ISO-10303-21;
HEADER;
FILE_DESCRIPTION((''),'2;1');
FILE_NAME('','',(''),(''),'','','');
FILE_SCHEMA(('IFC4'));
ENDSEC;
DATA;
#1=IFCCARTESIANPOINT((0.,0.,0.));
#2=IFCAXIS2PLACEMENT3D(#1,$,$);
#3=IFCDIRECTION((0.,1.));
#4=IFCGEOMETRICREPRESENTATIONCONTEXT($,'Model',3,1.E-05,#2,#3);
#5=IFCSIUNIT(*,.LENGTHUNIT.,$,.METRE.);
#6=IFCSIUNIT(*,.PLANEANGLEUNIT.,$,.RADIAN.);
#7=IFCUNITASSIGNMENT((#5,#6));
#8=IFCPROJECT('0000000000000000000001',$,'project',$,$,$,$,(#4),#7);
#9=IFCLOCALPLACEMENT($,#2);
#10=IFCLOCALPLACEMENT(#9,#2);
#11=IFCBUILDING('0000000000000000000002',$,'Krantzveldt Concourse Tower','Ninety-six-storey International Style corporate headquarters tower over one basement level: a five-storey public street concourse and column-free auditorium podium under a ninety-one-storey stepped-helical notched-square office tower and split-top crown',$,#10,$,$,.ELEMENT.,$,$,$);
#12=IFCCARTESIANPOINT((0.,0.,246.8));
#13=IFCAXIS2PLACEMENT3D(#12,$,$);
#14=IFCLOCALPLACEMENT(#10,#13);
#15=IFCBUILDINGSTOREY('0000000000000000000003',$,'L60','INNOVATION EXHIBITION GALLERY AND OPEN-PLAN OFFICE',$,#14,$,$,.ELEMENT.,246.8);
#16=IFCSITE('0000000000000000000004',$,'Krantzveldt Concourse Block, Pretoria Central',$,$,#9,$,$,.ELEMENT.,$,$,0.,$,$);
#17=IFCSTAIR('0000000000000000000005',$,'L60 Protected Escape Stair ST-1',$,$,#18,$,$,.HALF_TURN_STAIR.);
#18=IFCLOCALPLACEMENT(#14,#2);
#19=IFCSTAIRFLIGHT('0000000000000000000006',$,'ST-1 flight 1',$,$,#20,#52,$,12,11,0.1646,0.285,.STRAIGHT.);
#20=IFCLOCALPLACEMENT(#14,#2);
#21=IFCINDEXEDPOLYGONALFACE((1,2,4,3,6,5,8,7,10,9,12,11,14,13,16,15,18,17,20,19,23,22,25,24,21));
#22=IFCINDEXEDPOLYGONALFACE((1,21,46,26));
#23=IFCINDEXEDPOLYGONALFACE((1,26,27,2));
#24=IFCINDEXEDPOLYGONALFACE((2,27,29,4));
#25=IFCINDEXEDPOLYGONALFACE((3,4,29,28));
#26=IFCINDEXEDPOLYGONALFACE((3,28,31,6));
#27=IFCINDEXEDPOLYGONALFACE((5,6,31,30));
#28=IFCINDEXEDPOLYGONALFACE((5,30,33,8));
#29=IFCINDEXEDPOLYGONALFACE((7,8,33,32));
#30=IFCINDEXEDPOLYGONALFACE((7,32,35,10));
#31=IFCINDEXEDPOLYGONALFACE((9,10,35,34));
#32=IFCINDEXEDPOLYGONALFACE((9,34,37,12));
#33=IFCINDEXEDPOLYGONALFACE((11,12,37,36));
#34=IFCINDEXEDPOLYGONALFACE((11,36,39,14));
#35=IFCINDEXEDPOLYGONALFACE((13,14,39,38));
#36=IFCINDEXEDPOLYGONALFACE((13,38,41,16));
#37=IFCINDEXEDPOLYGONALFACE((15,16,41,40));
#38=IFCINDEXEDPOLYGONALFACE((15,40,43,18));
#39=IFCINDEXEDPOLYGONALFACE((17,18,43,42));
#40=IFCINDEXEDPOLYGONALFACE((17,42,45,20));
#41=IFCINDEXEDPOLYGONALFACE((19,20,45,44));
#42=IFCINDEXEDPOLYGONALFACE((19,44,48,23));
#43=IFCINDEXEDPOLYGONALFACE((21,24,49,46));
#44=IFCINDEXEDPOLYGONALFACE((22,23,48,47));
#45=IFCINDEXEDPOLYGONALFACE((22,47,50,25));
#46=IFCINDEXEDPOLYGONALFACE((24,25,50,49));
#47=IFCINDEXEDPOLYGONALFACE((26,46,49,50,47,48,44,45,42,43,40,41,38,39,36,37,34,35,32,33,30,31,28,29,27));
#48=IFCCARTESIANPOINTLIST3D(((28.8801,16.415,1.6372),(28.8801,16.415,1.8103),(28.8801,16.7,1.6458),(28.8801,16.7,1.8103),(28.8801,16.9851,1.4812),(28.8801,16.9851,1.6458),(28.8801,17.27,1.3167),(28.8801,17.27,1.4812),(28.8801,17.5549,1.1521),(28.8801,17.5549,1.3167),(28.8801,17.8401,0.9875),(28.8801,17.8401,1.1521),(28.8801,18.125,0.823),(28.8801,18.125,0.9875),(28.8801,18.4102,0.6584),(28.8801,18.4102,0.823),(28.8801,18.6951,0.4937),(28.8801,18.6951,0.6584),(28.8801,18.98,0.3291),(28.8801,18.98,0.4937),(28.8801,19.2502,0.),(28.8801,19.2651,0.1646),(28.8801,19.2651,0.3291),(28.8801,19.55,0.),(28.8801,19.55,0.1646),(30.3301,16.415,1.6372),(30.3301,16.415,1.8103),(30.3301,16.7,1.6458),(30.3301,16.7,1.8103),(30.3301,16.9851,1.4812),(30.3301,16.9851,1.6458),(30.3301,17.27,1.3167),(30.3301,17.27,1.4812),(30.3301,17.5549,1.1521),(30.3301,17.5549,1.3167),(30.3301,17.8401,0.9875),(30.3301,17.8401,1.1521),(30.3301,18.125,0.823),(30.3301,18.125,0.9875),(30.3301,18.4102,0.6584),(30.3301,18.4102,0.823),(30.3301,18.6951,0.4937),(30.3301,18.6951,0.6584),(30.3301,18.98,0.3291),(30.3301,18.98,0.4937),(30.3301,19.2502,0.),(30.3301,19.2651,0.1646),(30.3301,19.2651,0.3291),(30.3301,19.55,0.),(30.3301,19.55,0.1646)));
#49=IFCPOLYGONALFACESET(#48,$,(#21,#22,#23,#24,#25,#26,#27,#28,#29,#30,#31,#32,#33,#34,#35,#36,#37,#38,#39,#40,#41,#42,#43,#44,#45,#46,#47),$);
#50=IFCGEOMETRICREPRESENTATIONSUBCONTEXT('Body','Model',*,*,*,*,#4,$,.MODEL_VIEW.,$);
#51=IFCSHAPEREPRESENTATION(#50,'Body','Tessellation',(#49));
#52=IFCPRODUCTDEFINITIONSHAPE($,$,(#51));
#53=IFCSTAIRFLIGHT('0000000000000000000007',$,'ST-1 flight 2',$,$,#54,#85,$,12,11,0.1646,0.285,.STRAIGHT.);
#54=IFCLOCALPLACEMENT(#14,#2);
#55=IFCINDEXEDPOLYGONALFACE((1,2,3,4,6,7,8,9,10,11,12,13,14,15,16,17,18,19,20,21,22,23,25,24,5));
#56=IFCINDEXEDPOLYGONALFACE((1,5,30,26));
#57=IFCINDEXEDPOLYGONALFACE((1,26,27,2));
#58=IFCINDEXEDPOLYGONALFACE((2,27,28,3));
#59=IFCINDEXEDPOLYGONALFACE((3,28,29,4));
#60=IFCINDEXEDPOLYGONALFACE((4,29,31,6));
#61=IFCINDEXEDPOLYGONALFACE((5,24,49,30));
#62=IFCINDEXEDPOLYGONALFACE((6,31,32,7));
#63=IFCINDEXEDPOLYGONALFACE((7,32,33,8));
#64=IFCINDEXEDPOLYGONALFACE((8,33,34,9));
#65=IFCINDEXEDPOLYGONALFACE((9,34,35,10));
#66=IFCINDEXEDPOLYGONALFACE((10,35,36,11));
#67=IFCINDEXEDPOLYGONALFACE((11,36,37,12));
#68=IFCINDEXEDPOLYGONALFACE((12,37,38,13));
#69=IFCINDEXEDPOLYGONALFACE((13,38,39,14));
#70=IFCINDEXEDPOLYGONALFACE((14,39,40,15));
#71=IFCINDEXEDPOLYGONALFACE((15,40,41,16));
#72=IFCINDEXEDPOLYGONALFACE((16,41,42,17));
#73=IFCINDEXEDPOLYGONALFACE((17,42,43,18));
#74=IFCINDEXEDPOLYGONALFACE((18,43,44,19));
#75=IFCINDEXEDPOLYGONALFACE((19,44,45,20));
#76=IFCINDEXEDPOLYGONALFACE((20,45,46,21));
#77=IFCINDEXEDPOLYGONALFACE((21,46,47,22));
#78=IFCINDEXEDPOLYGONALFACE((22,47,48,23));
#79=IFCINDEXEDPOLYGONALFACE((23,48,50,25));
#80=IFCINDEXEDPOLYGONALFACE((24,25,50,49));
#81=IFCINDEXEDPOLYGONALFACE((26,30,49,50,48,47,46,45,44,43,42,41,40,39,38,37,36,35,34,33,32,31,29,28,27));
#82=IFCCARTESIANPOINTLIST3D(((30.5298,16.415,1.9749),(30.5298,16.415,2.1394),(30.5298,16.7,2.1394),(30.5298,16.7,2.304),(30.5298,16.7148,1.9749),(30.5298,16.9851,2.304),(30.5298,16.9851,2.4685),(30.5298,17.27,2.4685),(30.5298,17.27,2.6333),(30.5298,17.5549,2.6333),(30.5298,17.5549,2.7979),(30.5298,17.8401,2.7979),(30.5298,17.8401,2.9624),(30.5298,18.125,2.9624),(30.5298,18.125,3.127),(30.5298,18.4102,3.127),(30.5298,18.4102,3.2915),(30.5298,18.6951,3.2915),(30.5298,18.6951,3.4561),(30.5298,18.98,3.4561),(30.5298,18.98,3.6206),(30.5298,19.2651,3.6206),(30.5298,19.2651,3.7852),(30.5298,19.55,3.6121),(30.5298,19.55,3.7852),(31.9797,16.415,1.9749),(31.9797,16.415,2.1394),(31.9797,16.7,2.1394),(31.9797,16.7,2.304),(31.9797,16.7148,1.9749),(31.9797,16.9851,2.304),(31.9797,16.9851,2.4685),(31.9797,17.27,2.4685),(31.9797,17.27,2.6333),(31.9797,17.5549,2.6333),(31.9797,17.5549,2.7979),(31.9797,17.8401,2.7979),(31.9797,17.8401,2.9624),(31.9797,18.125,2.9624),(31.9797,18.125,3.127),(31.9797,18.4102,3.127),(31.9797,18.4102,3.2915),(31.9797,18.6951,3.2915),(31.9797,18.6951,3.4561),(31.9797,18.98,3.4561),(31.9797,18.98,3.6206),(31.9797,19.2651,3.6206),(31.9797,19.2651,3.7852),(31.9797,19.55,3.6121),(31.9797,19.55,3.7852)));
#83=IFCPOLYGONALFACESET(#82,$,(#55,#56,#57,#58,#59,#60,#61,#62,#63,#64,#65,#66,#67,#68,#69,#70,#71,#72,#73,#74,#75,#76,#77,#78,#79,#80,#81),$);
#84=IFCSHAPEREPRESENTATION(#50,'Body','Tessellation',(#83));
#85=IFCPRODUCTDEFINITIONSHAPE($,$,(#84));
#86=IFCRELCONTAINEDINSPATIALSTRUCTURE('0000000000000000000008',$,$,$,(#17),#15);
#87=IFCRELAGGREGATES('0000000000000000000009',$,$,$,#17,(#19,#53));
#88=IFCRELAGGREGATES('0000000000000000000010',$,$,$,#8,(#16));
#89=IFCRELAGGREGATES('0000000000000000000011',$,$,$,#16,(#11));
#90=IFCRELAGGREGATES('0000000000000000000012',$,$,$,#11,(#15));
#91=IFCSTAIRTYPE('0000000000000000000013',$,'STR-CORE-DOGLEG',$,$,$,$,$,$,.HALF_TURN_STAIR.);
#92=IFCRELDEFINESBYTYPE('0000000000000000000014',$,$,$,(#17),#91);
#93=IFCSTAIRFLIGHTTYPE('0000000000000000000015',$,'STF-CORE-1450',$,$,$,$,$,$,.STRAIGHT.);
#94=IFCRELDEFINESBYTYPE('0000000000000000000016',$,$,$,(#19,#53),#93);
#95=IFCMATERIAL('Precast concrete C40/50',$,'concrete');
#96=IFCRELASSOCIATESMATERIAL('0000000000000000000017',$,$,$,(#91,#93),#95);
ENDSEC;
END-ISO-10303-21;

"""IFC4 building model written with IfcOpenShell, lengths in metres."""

from ifc_helpers import new_model, si_unit, direction, frame, origin, place, context, subcontext, project, spatial, polyline, outline, extrude, material, type_object, element, aggregate, save


model = new_model("IFC4")

# Units and contexts
model_context = context("Model", 3, precision=1e-05, world=origin(), true_north=direction((0.0, 1.0)))
body_context = subcontext(model_context, "Body", "Model", "MODEL_VIEW")
ifc_project = project(units=[si_unit("LENGTHUNIT", "METRE"), si_unit("PLANEANGLEUNIT", "RADIAN")], contexts=[model_context])

# Site, building, storey
site_placement = place(None, origin())
site = spatial("IfcSite", under=ifc_project, at=site_placement, Name="Krantzveldt Concourse Block, Pretoria Central", CompositionType="ELEMENT", RefElevation=0.0)
building_placement = place(site_placement, origin())
building = spatial("IfcBuilding", under=site, at=building_placement, Name="Krantzveldt Concourse Tower", Description="Ninety-six-storey International Style corporate headquarters tower over one basement level: a five-storey public street concourse and column-free auditorium podium under a ninety-one-storey stepped-helical notched-square office tower and split-top crown", CompositionType="ELEMENT")
storey_placement = place(building_placement, frame((0.0, 0.0, 246.8)))
storey = spatial("IfcBuildingStorey", under=building, at=storey_placement, Name="L60", Description="INNOVATION EXHIBITION GALLERY AND OPEN-PLAN OFFICE", CompositionType="ELEMENT", Elevation=246.8)

# Stair, stair flights
ifc_material_1 = material(Name="Precast concrete C40/50", Category="concrete")
stair_type = type_object("IfcStairType", Name="STR-CORE-DOGLEG", PredefinedType="HALF_TURN_STAIR", material=ifc_material_1)
stair_placement = place(storey_placement, origin())
stair = element("IfcStair", 1, at=stair_placement, inside=storey, type_object=stair_type, Name="L60 Protected Escape Stair ST-1", PredefinedType="HALF_TURN_STAIR")
stair_flight_type = type_object("IfcStairFlightType", Name="STF-CORE-1450", PredefinedType="STRAIGHT", material=ifc_material_1)
stair_flight_1_placement = place(storey_placement, frame((29.605, 19.55, 0.0), z_axis=(0.0, 0.0, 1.0), x_axis=(0.0, -1.0, 0.0)))
stair_flight_1 = element("IfcStairFlight", 2, at=stair_flight_1_placement, type_object=stair_flight_type, Name="ST-1 flight 1", NumberOfRisers=12, NumberOfTreads=11, PredefinedType="STRAIGHT", RiserHeight=0.1646, TreadLength=0.285, context=body_context, shape_type="SweptSolid", body=[
    extrude(outline(polyline([(0.0, 0.0), (0.0, 0.1646), (0.2849, 0.1646), (0.2849, 0.3291), (0.5701, 0.3291), (0.5701, 0.4937), (0.855, 0.4937), (0.855, 0.6584), (1.1399, 0.6584), (1.1399, 0.823), (1.425, 0.823), (1.425, 0.9875), (1.71, 0.9875), (1.71, 1.1521), (1.9951, 1.1521), (1.9951, 1.3167), (2.28, 1.3167), (2.28, 1.4812), (2.5649, 1.4812), (2.5649, 1.6458), (2.8501, 1.6458), (2.8501, 1.8103), (3.135, 1.8103), (3.135, 1.9751), (3.135, 1.6372), (0.2998, 0.0), (0.0, 0.0)])), frame((0.0, 0.7251, 0.0), z_axis=(0.0, -1.0, 0.0), x_axis=(1.0, 0.0, 0.0)), (0.0, 0.0, 1.0), 1.45),
])
stair_flight_2_placement = place(storey_placement, frame((31.2549, 16.415, 1.9749), z_axis=(0.0, 0.0, 1.0), x_axis=(0.0, 1.0, 0.0)))
stair_flight_2 = element("IfcStairFlight", 3, at=stair_flight_2_placement, type_object=stair_flight_type, Name="ST-1 flight 2", NumberOfRisers=12, NumberOfTreads=11, PredefinedType="STRAIGHT", RiserHeight=0.1646, TreadLength=0.285, context=body_context, shape_type="SweptSolid", body=[
    extrude(outline(polyline([(0.0, 0.0), (0.0, 0.1646), (0.2849, 0.1646), (0.2849, 0.3291), (0.5701, 0.3291), (0.5701, 0.4937), (0.855, 0.4937), (0.855, 0.6584), (1.1399, 0.6584), (1.1399, 0.823), (1.425, 0.823), (1.425, 0.9875), (1.71, 0.9875), (1.71, 1.1521), (1.9951, 1.1521), (1.9951, 1.3167), (2.28, 1.3167), (2.28, 1.4812), (2.5649, 1.4812), (2.5649, 1.6458), (2.8501, 1.6458), (2.8501, 1.8103), (3.135, 1.8103), (3.135, 1.9751), (3.135, 1.6372), (0.2998, 0.0), (0.0, 0.0)])), frame((0.0, 0.7251, 0.0), z_axis=(0.0, -1.0, 0.0), x_axis=(1.0, 0.0, 0.0)), (0.0, 0.0, 1.0), 1.45),
])
aggregate(stair, [stair_flight_1, stair_flight_2])

save(model, "model.ifc")
